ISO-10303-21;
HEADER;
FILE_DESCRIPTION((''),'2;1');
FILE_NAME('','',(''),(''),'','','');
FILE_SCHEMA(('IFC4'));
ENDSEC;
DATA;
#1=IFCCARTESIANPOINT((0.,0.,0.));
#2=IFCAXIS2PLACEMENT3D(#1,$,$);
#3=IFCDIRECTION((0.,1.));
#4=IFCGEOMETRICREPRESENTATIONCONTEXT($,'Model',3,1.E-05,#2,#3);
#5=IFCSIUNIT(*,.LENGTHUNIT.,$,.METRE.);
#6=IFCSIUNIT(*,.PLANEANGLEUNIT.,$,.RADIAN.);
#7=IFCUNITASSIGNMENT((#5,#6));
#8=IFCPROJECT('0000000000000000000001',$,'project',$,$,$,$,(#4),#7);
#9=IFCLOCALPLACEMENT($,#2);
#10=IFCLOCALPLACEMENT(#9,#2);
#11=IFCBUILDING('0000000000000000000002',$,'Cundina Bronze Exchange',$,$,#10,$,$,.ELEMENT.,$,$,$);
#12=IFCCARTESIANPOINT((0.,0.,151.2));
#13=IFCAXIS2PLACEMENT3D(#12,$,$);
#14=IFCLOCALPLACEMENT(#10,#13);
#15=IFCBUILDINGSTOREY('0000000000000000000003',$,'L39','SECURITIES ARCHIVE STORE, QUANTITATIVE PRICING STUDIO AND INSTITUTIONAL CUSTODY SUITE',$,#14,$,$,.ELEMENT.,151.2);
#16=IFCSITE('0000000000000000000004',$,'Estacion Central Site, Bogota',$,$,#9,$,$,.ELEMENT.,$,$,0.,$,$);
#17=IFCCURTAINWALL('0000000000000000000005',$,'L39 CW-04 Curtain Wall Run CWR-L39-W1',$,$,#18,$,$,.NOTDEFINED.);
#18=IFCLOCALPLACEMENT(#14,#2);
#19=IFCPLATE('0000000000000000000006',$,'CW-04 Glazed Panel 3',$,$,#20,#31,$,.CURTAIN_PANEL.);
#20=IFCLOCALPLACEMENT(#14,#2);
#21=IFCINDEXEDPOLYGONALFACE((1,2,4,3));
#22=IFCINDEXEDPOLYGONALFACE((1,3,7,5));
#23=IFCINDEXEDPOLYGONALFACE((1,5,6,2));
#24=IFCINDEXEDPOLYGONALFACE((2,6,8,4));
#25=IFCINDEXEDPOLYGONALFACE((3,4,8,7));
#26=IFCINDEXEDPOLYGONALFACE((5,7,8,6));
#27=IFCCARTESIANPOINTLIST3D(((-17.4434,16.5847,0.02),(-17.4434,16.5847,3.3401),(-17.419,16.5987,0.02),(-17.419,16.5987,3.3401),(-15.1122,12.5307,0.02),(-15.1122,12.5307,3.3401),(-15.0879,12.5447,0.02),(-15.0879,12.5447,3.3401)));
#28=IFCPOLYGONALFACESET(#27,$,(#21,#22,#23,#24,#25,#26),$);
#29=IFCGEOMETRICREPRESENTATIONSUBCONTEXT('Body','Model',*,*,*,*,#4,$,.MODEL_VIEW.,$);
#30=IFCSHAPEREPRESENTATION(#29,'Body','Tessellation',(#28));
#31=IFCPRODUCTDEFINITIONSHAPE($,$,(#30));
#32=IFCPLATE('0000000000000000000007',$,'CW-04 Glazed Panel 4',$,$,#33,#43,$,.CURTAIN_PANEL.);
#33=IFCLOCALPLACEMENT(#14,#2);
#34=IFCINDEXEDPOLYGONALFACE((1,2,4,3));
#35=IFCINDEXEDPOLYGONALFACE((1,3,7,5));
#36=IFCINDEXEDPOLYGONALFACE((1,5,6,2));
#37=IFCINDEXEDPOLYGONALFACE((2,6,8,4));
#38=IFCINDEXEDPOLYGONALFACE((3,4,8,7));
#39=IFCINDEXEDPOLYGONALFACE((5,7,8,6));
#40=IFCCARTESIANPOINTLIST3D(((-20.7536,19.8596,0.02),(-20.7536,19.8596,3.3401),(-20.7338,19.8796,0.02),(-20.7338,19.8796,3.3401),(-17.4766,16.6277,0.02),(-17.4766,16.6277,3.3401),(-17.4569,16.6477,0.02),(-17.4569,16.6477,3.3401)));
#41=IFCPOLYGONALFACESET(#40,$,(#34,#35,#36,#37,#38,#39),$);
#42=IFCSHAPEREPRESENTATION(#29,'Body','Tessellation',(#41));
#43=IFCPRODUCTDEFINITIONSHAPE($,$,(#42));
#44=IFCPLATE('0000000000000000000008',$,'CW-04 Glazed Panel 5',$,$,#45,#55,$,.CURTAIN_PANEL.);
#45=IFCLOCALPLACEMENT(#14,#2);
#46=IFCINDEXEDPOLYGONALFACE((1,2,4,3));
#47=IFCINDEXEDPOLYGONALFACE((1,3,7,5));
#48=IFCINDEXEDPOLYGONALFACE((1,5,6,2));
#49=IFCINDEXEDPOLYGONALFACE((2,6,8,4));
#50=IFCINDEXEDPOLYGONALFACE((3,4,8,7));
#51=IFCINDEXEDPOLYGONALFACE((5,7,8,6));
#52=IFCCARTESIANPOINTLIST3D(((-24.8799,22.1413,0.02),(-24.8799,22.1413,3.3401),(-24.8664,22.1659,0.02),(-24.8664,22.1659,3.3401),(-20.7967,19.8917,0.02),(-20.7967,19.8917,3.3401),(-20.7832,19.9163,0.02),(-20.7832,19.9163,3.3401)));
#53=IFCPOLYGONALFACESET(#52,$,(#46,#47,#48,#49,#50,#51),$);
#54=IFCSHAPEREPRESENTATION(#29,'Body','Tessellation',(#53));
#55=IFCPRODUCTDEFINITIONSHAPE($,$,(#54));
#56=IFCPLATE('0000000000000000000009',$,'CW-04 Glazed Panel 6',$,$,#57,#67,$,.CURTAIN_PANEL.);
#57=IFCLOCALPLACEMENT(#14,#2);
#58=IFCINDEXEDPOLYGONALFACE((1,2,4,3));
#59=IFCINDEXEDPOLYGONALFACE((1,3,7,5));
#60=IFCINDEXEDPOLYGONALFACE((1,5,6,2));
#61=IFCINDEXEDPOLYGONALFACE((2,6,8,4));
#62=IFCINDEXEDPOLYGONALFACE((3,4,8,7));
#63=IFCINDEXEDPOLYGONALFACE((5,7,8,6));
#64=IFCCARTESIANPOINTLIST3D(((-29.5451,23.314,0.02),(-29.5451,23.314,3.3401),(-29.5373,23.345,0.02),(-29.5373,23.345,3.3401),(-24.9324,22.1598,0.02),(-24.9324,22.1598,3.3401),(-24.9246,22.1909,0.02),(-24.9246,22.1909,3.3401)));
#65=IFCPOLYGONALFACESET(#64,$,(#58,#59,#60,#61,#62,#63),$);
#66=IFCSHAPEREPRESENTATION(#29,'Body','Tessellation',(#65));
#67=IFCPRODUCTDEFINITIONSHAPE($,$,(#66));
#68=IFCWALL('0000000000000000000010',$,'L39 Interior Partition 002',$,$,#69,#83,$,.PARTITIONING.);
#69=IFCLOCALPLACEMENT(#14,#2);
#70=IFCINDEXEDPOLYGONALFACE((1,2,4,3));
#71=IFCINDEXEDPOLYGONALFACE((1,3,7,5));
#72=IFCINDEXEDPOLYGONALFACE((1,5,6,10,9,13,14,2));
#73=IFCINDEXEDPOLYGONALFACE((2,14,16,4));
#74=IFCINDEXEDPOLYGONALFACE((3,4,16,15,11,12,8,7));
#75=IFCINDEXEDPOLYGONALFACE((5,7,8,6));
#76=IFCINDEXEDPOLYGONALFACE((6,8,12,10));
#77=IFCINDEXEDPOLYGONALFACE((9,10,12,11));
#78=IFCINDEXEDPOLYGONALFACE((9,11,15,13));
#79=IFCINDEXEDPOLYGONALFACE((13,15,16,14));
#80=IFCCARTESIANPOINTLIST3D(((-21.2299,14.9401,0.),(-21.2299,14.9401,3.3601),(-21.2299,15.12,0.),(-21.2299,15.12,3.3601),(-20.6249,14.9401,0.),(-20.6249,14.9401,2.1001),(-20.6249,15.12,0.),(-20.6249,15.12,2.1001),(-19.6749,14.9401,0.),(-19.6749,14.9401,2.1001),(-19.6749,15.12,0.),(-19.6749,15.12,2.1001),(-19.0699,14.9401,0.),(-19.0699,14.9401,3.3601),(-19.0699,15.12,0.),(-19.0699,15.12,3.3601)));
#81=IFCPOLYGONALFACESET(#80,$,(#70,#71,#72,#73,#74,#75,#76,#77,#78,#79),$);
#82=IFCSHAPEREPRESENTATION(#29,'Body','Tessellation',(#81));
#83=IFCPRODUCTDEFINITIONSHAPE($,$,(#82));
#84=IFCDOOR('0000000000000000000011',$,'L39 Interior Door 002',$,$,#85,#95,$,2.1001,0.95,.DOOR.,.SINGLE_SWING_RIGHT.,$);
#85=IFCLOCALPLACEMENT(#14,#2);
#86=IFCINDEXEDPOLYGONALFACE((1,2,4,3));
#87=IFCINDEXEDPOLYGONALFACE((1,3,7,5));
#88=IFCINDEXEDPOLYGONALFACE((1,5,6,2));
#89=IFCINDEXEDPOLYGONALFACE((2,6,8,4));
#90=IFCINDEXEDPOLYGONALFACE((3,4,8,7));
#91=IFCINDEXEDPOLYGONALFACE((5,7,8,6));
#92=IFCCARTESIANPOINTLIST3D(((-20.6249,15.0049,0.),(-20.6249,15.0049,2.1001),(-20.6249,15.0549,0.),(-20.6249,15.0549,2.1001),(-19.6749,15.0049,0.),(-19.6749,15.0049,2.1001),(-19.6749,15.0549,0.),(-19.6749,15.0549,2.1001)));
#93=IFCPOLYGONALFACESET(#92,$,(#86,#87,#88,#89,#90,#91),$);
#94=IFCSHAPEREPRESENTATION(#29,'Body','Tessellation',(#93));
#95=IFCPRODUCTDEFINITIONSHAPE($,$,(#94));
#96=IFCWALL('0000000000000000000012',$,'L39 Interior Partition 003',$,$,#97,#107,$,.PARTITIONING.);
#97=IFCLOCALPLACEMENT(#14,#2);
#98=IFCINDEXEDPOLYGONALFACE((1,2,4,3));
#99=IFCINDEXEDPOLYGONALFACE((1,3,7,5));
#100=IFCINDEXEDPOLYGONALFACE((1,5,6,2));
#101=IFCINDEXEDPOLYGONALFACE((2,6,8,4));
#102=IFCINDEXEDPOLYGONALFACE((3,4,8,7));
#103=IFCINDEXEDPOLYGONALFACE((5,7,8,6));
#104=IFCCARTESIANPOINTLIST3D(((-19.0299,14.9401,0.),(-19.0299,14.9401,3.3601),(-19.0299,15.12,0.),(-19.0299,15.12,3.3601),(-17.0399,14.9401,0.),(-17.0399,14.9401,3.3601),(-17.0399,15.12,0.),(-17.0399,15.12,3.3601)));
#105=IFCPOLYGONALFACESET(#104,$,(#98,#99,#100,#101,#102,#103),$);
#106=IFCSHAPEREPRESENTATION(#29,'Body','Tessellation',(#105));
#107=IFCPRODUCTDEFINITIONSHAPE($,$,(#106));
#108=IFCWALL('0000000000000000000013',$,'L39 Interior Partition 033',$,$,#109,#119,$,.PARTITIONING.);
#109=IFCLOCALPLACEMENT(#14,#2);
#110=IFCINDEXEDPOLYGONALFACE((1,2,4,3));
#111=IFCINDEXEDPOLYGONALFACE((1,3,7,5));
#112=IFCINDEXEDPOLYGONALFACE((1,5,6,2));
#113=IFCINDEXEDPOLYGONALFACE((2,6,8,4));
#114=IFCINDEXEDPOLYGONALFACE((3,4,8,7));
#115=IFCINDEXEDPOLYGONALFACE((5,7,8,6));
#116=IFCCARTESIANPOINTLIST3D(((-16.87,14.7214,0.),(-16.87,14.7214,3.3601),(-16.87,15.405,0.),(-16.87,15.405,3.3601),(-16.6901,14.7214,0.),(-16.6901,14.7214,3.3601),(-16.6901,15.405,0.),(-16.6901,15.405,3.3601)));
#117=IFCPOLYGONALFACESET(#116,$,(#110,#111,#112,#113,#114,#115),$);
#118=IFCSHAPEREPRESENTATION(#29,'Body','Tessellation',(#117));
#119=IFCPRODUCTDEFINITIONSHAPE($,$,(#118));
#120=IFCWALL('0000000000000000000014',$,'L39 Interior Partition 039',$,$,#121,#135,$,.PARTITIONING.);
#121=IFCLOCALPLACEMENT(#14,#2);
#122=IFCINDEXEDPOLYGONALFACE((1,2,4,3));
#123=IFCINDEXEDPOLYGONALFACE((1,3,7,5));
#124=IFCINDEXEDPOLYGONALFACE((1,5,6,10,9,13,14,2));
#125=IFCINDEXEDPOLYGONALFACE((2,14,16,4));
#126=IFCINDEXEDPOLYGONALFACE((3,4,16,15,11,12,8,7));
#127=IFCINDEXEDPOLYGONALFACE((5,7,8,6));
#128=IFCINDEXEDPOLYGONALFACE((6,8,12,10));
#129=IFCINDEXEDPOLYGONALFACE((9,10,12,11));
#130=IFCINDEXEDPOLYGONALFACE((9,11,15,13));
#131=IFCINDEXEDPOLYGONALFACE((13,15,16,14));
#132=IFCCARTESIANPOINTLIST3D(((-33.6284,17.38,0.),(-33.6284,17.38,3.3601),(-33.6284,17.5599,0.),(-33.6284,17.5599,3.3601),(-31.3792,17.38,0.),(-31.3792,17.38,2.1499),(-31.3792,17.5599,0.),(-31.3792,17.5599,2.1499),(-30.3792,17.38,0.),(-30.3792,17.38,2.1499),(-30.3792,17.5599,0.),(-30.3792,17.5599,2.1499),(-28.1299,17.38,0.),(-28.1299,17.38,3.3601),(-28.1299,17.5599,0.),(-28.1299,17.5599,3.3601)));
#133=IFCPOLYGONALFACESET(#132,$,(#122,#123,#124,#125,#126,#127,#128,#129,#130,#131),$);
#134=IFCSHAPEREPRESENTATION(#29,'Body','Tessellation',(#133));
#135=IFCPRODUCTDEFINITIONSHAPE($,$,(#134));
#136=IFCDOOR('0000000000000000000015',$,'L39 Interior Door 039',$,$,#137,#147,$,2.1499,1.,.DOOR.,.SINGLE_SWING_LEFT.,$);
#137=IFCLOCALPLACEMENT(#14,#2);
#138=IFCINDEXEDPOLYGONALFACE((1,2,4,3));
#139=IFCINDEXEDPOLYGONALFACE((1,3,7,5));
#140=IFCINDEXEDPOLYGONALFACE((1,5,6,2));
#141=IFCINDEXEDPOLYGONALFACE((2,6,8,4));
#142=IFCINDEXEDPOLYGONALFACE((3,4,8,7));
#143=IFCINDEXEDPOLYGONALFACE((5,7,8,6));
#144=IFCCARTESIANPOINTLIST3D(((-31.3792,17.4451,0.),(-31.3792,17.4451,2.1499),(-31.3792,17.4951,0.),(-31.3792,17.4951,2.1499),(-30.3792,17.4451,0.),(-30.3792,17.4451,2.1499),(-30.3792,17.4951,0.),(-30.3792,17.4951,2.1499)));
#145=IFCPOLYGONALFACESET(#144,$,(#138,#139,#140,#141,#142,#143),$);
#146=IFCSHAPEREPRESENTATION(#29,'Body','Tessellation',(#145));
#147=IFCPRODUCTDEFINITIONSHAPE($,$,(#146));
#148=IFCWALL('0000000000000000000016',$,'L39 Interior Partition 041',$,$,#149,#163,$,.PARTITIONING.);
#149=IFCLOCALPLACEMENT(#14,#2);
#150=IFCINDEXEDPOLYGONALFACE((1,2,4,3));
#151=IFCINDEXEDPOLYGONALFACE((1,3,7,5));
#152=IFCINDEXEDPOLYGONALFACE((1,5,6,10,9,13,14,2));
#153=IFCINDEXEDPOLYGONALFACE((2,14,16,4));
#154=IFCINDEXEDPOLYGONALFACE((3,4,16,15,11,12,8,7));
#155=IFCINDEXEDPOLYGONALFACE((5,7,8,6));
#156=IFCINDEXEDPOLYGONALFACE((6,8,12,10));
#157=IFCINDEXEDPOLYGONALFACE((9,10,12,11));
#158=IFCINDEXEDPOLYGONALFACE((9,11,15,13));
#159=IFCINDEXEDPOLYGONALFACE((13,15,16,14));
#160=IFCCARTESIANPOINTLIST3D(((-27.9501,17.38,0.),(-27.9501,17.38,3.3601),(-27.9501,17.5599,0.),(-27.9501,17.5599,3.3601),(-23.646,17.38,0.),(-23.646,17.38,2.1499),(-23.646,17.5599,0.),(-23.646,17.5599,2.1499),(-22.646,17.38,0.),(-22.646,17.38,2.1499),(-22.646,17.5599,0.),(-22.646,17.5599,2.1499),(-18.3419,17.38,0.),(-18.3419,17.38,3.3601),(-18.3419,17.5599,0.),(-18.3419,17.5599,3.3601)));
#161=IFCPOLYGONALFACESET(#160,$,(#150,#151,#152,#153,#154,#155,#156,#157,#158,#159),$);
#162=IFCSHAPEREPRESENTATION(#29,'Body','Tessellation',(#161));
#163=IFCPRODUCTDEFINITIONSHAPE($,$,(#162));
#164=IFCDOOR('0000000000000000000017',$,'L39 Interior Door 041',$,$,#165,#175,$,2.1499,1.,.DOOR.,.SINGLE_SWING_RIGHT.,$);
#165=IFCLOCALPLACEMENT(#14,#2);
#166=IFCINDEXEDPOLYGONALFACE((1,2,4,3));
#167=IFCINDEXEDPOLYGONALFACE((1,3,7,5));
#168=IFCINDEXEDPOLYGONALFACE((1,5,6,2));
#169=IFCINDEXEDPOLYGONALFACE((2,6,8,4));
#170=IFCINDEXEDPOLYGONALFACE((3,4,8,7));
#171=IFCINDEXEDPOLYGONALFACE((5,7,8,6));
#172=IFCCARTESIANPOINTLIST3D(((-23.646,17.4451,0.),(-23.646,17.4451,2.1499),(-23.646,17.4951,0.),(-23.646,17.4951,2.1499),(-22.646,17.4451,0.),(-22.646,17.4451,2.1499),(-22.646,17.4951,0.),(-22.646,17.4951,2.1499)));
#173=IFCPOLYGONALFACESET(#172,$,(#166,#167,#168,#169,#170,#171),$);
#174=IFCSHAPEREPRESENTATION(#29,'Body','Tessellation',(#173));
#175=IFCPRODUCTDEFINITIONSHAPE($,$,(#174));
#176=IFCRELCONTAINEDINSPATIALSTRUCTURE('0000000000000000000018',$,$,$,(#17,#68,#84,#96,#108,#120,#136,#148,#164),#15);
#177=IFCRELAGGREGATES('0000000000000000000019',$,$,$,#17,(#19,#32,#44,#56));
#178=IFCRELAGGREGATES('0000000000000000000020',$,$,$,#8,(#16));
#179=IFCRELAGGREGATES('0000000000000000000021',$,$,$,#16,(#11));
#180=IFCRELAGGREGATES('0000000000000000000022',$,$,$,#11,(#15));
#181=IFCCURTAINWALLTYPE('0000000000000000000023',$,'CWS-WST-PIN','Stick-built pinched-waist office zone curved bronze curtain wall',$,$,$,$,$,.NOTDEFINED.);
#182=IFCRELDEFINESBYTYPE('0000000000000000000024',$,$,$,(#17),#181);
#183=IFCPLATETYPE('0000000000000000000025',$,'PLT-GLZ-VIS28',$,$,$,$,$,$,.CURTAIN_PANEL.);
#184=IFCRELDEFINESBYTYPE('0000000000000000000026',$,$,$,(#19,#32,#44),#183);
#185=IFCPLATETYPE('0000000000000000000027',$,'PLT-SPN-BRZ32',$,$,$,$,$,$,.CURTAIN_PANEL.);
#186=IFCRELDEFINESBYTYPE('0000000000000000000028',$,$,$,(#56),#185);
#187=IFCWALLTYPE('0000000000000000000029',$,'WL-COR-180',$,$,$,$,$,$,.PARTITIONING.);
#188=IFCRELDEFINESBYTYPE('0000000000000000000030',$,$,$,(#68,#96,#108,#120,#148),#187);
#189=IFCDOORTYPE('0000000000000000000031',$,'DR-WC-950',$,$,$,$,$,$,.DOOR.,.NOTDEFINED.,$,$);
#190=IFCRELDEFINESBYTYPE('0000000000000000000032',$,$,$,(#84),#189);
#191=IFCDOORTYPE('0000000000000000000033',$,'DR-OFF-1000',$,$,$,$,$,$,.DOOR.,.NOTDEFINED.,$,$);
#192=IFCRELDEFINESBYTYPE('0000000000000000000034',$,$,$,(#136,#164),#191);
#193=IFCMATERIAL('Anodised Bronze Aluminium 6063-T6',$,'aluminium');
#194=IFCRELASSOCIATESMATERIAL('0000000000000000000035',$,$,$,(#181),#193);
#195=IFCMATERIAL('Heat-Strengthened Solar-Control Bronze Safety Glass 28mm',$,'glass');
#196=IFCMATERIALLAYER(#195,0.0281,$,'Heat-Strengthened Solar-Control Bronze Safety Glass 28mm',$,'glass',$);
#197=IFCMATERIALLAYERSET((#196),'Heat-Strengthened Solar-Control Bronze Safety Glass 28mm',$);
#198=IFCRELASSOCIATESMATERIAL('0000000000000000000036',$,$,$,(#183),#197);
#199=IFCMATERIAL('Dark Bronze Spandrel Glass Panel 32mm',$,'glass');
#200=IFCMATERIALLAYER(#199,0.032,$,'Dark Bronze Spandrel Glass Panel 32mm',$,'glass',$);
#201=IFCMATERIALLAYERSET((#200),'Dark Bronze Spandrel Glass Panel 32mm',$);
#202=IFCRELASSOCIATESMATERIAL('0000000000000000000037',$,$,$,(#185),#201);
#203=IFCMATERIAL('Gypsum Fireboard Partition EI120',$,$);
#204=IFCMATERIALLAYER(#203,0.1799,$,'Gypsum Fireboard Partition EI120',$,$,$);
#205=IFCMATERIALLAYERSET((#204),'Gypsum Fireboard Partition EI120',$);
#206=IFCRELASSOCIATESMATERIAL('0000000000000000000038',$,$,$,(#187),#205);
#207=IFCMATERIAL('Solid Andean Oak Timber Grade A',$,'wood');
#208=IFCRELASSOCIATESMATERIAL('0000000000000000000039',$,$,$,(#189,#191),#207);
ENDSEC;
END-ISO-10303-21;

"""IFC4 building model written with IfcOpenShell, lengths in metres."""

from ifc_helpers import new_model, si_unit, direction, frame, frame_2d, origin, origin_2d, place, context, subcontext, project, spatial, rectangle, extrude, material, layer, layer_set, type_object, element, fill, aggregate, save


model = new_model("IFC4")

# Units and contexts
model_context = context("Model", 3, precision=1e-05, world=origin(), true_north=direction((0.0, 1.0)))
body_context = subcontext(model_context, "Body", "Model", "MODEL_VIEW")
ifc_project = project(units=[si_unit("LENGTHUNIT", "METRE"), si_unit("PLANEANGLEUNIT", "RADIAN")], contexts=[model_context])

# Site, building, storey
site_placement = place(None, origin())
site = spatial("IfcSite", under=ifc_project, at=site_placement, Name="Estacion Central Site, Bogota", CompositionType="ELEMENT", RefElevation=0.0)
building_placement = place(site_placement, origin())
building = spatial("IfcBuilding", under=site, at=building_placement, Name="Cundina Bronze Exchange", CompositionType="ELEMENT")
storey_placement = place(building_placement, frame((0.0, 0.0, 151.2)))
storey = spatial("IfcBuildingStorey", under=building, at=storey_placement, Name="L39", Description="SECURITIES ARCHIVE STORE, QUANTITATIVE PRICING STUDIO AND INSTITUTIONAL CUSTODY SUITE", CompositionType="ELEMENT", Elevation=151.2)

# Curtain wall, plates
ifc_material_1 = material(Name="Anodised Bronze Aluminium 6063-T6", Category="aluminium")
curtain_wall_type = type_object("IfcCurtainWallType", Name="CWS-WST-PIN", Description="Stick-built pinched-waist office zone curved bronze curtain wall", PredefinedType="NOTDEFINED", material=ifc_material_1)
curtain_wall_placement = place(storey_placement, origin())
curtain_wall = element("IfcCurtainWall", 1, at=curtain_wall_placement, inside=storey, type_object=curtain_wall_type, Name="L39 CW-04 Curtain Wall Run CWR-L39-W1", PredefinedType="NOTDEFINED")
ifc_material_2 = material(Name="Heat-Strengthened Solar-Control Bronze Safety Glass 28mm", Category="glass")
ifc_layer_1 = layer(ifc_material_2, 0.0281, Name="Heat-Strengthened Solar-Control Bronze Safety Glass 28mm", Category="glass")
ifc_layer_set_1 = layer_set([ifc_layer_1], Name="Heat-Strengthened Solar-Control Bronze Safety Glass 28mm")
plate_type_1 = type_object("IfcPlateType", Name="PLT-GLZ-VIS28", PredefinedType="CURTAIN_PANEL", material=ifc_layer_set_1)
plate_1_placement = place(storey_placement, frame((-16.2656, 14.5647, 0.02), z_axis=(0.0, 0.0, 1.0), x_axis=(-0.498488, 0.866897, 0.0)))
plate_1 = element("IfcPlate", 2, at=plate_1_placement, type_object=plate_type_1, Name="CW-04 Glazed Panel 3", PredefinedType="CURTAIN_PANEL", context=body_context, shape_type="SweptSolid", body=[
    extrude(rectangle(XDim=4.6765, YDim=0.0281, at=origin_2d()), origin(), (0.0, 0.0, 1.0), 3.3201),
])
plate_2_placement = place(storey_placement, frame((-19.1052, 18.2537, 0.02), z_axis=(0.0, 0.0, 1.0), x_axis=(-0.711989, 0.70219, 0.0)))
plate_2 = element("IfcPlate", 3, at=plate_2_placement, type_object=plate_type_1, Name="CW-04 Glazed Panel 4", PredefinedType="CURTAIN_PANEL", context=body_context, shape_type="SweptSolid", body=[
    extrude(rectangle(XDim=4.6025, YDim=0.0281, at=origin_2d()), origin(), (0.0, 0.0, 1.0), 3.3201),
])
plate_3_placement = place(storey_placement, frame((-22.8315, 21.0288, 0.02), z_axis=(0.0, 0.0, 1.0), x_axis=(-0.875869, 0.482549, 0.0)))
plate_3 = element("IfcPlate", 4, at=plate_3_placement, type_object=plate_type_1, Name="CW-04 Glazed Panel 5", PredefinedType="CURTAIN_PANEL", context=body_context, shape_type="SweptSolid", body=[
    extrude(rectangle(XDim=4.6619, YDim=0.0281, at=origin_2d()), origin(), (0.0, 0.0, 1.0), 3.3201),
])
ifc_material_3 = material(Name="Dark Bronze Spandrel Glass Panel 32mm", Category="glass")
ifc_layer_2 = layer(ifc_material_3, 0.032, Name="Dark Bronze Spandrel Glass Panel 32mm", Category="glass")
ifc_layer_set_2 = layer_set([ifc_layer_2], Name="Dark Bronze Spandrel Glass Panel 32mm")
plate_type_2 = type_object("IfcPlateType", Name="PLT-SPN-BRZ32", PredefinedType="CURTAIN_PANEL", material=ifc_layer_set_2)
plate_4_placement = place(storey_placement, frame((-27.2349, 22.7524, 0.02), z_axis=(0.0, 0.0, 1.0), x_axis=(-0.970093, 0.242735, 0.0)))
plate_4 = element("IfcPlate", 5, at=plate_4_placement, type_object=plate_type_2, Name="CW-04 Glazed Panel 6", PredefinedType="CURTAIN_PANEL", context=body_context, shape_type="SweptSolid", body=[
    extrude(rectangle(XDim=4.7549, YDim=0.032, at=origin_2d()), origin(), (0.0, 0.0, 1.0), 3.3201),
])
aggregate(curtain_wall, [plate_1, plate_2, plate_3, plate_4])

# Wall, opening, door
ifc_material_4 = material(Name="Gypsum Fireboard Partition EI120")
ifc_layer_3 = layer(ifc_material_4, 0.1799, Name="Gypsum Fireboard Partition EI120")
ifc_layer_set_3 = layer_set([ifc_layer_3], Name="Gypsum Fireboard Partition EI120")
wall_type_1 = type_object("IfcWallType", Name="WL-COR-180", PredefinedType="PARTITIONING", material=ifc_layer_set_3)
wall_1_placement = place(storey_placement, frame((-21.23, 15.03, 0.0), z_axis=(0.0, 0.0, 1.0), x_axis=(1.0, 0.0, 0.0)))
wall_1 = element("IfcWall", 6, at=wall_1_placement, inside=storey, type_object=wall_type_1, Name="L39 Interior Partition 002", PredefinedType="PARTITIONING", context=body_context, shape_type="SweptSolid", body=[
    extrude(rectangle(XDim=2.1599, YDim=0.1799, at=frame_2d((1.0801, 0.0))), origin(), (0.0, 0.0, 1.0), 3.3601),
])
opening_1_placement = place(wall_1_placement, frame((0.605, 0.0, 0.0)))
opening_1 = element("IfcOpeningElement", 7, at=opening_1_placement, cuts=wall_1, PredefinedType="OPENING", context=body_context, shape_type="SweptSolid", body=[
    extrude(rectangle(XDim=0.95, YDim=2.1001, at=frame_2d((0.4751, 1.05))), frame((0.0, 0.0999, 0.0), z_axis=(0.0, -1.0, 0.0), x_axis=(1.0, 0.0, 0.0)), (0.0, 0.0, 1.0), 0.2),
])
ifc_material_5 = material(Name="Solid Andean Oak Timber Grade A", Category="wood")
door_type_1 = type_object("IfcDoorType", Name="DR-WC-950", OperationType="NOTDEFINED", PredefinedType="DOOR", material=ifc_material_5)
door_1_placement = place(opening_1_placement, origin())
door_1 = element("IfcDoor", 8, at=door_1_placement, inside=storey, type_object=door_type_1, Name="L39 Interior Door 002", OperationType="SINGLE_SWING_RIGHT", OverallHeight=2.1001, OverallWidth=0.95, PredefinedType="DOOR", context=body_context, shape_type="SweptSolid", body=[
    extrude(rectangle(XDim=0.95, YDim=2.1001, at=frame_2d((0.4751, 1.05))), frame((0.0, 0.0249, 0.0), z_axis=(0.0, -1.0, 0.0), x_axis=(1.0, 0.0, 0.0)), (0.0, 0.0, 1.0), 0.05),
])
fill(opening_1, door_1)

# Walls
wall_2_placement = place(storey_placement, frame((-19.03, 15.03, 0.0), z_axis=(0.0, 0.0, 1.0), x_axis=(1.0, 0.0, 0.0)))
element("IfcWall", 9, at=wall_2_placement, inside=storey, type_object=wall_type_1, Name="L39 Interior Partition 003", PredefinedType="PARTITIONING", context=body_context, shape_type="SweptSolid", body=[
    extrude(rectangle(XDim=1.99, YDim=0.1799, at=frame_2d((0.9951, 0.0))), origin(), (0.0, 0.0, 1.0), 3.3601),
])
wall_3_placement = place(storey_placement, frame((-16.78, 14.7214, 0.0), z_axis=(0.0, 0.0, 1.0), x_axis=(0.0, 1.0, 0.0)))
element("IfcWall", 10, at=wall_3_placement, inside=storey, type_object=wall_type_1, Name="L39 Interior Partition 033", PredefinedType="PARTITIONING", context=body_context, shape_type="SweptSolid", body=[
    extrude(rectangle(XDim=0.6836, YDim=0.1799, at=frame_2d((0.3418, 0.0))), origin(), (0.0, 0.0, 1.0), 3.3601),
])

# Walls, openings, doors
wall_4_placement = place(storey_placement, frame((-28.1299, 17.47, 0.0), z_axis=(0.0, 0.0, 1.0), x_axis=(-1.0, 0.0, 0.0)))
wall_4 = element("IfcWall", 11, at=wall_4_placement, inside=storey, type_object=wall_type_1, Name="L39 Interior Partition 039", PredefinedType="PARTITIONING", context=body_context, shape_type="SweptSolid", body=[
    extrude(rectangle(XDim=5.4985, YDim=0.1799, at=frame_2d((2.7493, 0.0))), origin(), (0.0, 0.0, 1.0), 3.3601),
])
opening_2_placement = place(wall_4_placement, frame((2.2493, 0.0, 0.0)))
opening_2 = element("IfcOpeningElement", 12, at=opening_2_placement, cuts=wall_4, PredefinedType="OPENING", context=body_context, shape_type="SweptSolid", body=[
    extrude(rectangle(XDim=1.0, YDim=2.1499, at=frame_2d((0.5, 1.075))), frame((0.0, 0.0999, 0.0), z_axis=(0.0, -1.0, 0.0), x_axis=(1.0, 0.0, 0.0)), (0.0, 0.0, 1.0), 0.2),
])
door_type_2 = type_object("IfcDoorType", Name="DR-OFF-1000", OperationType="NOTDEFINED", PredefinedType="DOOR", material=ifc_material_5)
door_2_placement = place(opening_2_placement, origin())
door_2 = element("IfcDoor", 13, at=door_2_placement, inside=storey, type_object=door_type_2, Name="L39 Interior Door 039", OperationType="SINGLE_SWING_LEFT", OverallHeight=2.1499, OverallWidth=1.0, PredefinedType="DOOR", context=body_context, shape_type="SweptSolid", body=[
    extrude(rectangle(XDim=1.0, YDim=2.1499, at=frame_2d((0.5, 1.075))), frame((0.0, 0.0249, 0.0), z_axis=(0.0, -1.0, 0.0), x_axis=(1.0, 0.0, 0.0)), (0.0, 0.0, 1.0), 0.05),
])
fill(opening_2, door_2)
wall_5_placement = place(storey_placement, frame((-18.3418, 17.47, 0.0), z_axis=(0.0, 0.0, 1.0), x_axis=(-1.0, 0.0, 0.0)))
wall_5 = element("IfcWall", 14, at=wall_5_placement, inside=storey, type_object=wall_type_1, Name="L39 Interior Partition 041", PredefinedType="PARTITIONING", context=body_context, shape_type="SweptSolid", body=[
    extrude(rectangle(XDim=9.6082, YDim=0.1799, at=frame_2d((4.8042, 0.0))), origin(), (0.0, 0.0, 1.0), 3.3601),
])
opening_3_placement = place(wall_5_placement, frame((4.3042, 0.0, 0.0)))
opening_3 = element("IfcOpeningElement", 15, at=opening_3_placement, cuts=wall_5, PredefinedType="OPENING", context=body_context, shape_type="SweptSolid", body=[
    extrude(rectangle(XDim=1.0, YDim=2.1499, at=frame_2d((0.5, 1.075))), frame((0.0, 0.0999, 0.0), z_axis=(0.0, -1.0, 0.0), x_axis=(1.0, 0.0, 0.0)), (0.0, 0.0, 1.0), 0.2),
])
door_3_placement = place(opening_3_placement, origin())
door_3 = element("IfcDoor", 16, at=door_3_placement, inside=storey, type_object=door_type_2, Name="L39 Interior Door 041", OperationType="SINGLE_SWING_RIGHT", OverallHeight=2.1499, OverallWidth=1.0, PredefinedType="DOOR", context=body_context, shape_type="SweptSolid", body=[
    extrude(rectangle(XDim=1.0, YDim=2.1499, at=frame_2d((0.5, 1.075))), frame((0.0, 0.0249, 0.0), z_axis=(0.0, -1.0, 0.0), x_axis=(1.0, 0.0, 0.0)), (0.0, 0.0, 1.0), 0.05),
])
fill(opening_3, door_3)

save(model, "model.ifc")
